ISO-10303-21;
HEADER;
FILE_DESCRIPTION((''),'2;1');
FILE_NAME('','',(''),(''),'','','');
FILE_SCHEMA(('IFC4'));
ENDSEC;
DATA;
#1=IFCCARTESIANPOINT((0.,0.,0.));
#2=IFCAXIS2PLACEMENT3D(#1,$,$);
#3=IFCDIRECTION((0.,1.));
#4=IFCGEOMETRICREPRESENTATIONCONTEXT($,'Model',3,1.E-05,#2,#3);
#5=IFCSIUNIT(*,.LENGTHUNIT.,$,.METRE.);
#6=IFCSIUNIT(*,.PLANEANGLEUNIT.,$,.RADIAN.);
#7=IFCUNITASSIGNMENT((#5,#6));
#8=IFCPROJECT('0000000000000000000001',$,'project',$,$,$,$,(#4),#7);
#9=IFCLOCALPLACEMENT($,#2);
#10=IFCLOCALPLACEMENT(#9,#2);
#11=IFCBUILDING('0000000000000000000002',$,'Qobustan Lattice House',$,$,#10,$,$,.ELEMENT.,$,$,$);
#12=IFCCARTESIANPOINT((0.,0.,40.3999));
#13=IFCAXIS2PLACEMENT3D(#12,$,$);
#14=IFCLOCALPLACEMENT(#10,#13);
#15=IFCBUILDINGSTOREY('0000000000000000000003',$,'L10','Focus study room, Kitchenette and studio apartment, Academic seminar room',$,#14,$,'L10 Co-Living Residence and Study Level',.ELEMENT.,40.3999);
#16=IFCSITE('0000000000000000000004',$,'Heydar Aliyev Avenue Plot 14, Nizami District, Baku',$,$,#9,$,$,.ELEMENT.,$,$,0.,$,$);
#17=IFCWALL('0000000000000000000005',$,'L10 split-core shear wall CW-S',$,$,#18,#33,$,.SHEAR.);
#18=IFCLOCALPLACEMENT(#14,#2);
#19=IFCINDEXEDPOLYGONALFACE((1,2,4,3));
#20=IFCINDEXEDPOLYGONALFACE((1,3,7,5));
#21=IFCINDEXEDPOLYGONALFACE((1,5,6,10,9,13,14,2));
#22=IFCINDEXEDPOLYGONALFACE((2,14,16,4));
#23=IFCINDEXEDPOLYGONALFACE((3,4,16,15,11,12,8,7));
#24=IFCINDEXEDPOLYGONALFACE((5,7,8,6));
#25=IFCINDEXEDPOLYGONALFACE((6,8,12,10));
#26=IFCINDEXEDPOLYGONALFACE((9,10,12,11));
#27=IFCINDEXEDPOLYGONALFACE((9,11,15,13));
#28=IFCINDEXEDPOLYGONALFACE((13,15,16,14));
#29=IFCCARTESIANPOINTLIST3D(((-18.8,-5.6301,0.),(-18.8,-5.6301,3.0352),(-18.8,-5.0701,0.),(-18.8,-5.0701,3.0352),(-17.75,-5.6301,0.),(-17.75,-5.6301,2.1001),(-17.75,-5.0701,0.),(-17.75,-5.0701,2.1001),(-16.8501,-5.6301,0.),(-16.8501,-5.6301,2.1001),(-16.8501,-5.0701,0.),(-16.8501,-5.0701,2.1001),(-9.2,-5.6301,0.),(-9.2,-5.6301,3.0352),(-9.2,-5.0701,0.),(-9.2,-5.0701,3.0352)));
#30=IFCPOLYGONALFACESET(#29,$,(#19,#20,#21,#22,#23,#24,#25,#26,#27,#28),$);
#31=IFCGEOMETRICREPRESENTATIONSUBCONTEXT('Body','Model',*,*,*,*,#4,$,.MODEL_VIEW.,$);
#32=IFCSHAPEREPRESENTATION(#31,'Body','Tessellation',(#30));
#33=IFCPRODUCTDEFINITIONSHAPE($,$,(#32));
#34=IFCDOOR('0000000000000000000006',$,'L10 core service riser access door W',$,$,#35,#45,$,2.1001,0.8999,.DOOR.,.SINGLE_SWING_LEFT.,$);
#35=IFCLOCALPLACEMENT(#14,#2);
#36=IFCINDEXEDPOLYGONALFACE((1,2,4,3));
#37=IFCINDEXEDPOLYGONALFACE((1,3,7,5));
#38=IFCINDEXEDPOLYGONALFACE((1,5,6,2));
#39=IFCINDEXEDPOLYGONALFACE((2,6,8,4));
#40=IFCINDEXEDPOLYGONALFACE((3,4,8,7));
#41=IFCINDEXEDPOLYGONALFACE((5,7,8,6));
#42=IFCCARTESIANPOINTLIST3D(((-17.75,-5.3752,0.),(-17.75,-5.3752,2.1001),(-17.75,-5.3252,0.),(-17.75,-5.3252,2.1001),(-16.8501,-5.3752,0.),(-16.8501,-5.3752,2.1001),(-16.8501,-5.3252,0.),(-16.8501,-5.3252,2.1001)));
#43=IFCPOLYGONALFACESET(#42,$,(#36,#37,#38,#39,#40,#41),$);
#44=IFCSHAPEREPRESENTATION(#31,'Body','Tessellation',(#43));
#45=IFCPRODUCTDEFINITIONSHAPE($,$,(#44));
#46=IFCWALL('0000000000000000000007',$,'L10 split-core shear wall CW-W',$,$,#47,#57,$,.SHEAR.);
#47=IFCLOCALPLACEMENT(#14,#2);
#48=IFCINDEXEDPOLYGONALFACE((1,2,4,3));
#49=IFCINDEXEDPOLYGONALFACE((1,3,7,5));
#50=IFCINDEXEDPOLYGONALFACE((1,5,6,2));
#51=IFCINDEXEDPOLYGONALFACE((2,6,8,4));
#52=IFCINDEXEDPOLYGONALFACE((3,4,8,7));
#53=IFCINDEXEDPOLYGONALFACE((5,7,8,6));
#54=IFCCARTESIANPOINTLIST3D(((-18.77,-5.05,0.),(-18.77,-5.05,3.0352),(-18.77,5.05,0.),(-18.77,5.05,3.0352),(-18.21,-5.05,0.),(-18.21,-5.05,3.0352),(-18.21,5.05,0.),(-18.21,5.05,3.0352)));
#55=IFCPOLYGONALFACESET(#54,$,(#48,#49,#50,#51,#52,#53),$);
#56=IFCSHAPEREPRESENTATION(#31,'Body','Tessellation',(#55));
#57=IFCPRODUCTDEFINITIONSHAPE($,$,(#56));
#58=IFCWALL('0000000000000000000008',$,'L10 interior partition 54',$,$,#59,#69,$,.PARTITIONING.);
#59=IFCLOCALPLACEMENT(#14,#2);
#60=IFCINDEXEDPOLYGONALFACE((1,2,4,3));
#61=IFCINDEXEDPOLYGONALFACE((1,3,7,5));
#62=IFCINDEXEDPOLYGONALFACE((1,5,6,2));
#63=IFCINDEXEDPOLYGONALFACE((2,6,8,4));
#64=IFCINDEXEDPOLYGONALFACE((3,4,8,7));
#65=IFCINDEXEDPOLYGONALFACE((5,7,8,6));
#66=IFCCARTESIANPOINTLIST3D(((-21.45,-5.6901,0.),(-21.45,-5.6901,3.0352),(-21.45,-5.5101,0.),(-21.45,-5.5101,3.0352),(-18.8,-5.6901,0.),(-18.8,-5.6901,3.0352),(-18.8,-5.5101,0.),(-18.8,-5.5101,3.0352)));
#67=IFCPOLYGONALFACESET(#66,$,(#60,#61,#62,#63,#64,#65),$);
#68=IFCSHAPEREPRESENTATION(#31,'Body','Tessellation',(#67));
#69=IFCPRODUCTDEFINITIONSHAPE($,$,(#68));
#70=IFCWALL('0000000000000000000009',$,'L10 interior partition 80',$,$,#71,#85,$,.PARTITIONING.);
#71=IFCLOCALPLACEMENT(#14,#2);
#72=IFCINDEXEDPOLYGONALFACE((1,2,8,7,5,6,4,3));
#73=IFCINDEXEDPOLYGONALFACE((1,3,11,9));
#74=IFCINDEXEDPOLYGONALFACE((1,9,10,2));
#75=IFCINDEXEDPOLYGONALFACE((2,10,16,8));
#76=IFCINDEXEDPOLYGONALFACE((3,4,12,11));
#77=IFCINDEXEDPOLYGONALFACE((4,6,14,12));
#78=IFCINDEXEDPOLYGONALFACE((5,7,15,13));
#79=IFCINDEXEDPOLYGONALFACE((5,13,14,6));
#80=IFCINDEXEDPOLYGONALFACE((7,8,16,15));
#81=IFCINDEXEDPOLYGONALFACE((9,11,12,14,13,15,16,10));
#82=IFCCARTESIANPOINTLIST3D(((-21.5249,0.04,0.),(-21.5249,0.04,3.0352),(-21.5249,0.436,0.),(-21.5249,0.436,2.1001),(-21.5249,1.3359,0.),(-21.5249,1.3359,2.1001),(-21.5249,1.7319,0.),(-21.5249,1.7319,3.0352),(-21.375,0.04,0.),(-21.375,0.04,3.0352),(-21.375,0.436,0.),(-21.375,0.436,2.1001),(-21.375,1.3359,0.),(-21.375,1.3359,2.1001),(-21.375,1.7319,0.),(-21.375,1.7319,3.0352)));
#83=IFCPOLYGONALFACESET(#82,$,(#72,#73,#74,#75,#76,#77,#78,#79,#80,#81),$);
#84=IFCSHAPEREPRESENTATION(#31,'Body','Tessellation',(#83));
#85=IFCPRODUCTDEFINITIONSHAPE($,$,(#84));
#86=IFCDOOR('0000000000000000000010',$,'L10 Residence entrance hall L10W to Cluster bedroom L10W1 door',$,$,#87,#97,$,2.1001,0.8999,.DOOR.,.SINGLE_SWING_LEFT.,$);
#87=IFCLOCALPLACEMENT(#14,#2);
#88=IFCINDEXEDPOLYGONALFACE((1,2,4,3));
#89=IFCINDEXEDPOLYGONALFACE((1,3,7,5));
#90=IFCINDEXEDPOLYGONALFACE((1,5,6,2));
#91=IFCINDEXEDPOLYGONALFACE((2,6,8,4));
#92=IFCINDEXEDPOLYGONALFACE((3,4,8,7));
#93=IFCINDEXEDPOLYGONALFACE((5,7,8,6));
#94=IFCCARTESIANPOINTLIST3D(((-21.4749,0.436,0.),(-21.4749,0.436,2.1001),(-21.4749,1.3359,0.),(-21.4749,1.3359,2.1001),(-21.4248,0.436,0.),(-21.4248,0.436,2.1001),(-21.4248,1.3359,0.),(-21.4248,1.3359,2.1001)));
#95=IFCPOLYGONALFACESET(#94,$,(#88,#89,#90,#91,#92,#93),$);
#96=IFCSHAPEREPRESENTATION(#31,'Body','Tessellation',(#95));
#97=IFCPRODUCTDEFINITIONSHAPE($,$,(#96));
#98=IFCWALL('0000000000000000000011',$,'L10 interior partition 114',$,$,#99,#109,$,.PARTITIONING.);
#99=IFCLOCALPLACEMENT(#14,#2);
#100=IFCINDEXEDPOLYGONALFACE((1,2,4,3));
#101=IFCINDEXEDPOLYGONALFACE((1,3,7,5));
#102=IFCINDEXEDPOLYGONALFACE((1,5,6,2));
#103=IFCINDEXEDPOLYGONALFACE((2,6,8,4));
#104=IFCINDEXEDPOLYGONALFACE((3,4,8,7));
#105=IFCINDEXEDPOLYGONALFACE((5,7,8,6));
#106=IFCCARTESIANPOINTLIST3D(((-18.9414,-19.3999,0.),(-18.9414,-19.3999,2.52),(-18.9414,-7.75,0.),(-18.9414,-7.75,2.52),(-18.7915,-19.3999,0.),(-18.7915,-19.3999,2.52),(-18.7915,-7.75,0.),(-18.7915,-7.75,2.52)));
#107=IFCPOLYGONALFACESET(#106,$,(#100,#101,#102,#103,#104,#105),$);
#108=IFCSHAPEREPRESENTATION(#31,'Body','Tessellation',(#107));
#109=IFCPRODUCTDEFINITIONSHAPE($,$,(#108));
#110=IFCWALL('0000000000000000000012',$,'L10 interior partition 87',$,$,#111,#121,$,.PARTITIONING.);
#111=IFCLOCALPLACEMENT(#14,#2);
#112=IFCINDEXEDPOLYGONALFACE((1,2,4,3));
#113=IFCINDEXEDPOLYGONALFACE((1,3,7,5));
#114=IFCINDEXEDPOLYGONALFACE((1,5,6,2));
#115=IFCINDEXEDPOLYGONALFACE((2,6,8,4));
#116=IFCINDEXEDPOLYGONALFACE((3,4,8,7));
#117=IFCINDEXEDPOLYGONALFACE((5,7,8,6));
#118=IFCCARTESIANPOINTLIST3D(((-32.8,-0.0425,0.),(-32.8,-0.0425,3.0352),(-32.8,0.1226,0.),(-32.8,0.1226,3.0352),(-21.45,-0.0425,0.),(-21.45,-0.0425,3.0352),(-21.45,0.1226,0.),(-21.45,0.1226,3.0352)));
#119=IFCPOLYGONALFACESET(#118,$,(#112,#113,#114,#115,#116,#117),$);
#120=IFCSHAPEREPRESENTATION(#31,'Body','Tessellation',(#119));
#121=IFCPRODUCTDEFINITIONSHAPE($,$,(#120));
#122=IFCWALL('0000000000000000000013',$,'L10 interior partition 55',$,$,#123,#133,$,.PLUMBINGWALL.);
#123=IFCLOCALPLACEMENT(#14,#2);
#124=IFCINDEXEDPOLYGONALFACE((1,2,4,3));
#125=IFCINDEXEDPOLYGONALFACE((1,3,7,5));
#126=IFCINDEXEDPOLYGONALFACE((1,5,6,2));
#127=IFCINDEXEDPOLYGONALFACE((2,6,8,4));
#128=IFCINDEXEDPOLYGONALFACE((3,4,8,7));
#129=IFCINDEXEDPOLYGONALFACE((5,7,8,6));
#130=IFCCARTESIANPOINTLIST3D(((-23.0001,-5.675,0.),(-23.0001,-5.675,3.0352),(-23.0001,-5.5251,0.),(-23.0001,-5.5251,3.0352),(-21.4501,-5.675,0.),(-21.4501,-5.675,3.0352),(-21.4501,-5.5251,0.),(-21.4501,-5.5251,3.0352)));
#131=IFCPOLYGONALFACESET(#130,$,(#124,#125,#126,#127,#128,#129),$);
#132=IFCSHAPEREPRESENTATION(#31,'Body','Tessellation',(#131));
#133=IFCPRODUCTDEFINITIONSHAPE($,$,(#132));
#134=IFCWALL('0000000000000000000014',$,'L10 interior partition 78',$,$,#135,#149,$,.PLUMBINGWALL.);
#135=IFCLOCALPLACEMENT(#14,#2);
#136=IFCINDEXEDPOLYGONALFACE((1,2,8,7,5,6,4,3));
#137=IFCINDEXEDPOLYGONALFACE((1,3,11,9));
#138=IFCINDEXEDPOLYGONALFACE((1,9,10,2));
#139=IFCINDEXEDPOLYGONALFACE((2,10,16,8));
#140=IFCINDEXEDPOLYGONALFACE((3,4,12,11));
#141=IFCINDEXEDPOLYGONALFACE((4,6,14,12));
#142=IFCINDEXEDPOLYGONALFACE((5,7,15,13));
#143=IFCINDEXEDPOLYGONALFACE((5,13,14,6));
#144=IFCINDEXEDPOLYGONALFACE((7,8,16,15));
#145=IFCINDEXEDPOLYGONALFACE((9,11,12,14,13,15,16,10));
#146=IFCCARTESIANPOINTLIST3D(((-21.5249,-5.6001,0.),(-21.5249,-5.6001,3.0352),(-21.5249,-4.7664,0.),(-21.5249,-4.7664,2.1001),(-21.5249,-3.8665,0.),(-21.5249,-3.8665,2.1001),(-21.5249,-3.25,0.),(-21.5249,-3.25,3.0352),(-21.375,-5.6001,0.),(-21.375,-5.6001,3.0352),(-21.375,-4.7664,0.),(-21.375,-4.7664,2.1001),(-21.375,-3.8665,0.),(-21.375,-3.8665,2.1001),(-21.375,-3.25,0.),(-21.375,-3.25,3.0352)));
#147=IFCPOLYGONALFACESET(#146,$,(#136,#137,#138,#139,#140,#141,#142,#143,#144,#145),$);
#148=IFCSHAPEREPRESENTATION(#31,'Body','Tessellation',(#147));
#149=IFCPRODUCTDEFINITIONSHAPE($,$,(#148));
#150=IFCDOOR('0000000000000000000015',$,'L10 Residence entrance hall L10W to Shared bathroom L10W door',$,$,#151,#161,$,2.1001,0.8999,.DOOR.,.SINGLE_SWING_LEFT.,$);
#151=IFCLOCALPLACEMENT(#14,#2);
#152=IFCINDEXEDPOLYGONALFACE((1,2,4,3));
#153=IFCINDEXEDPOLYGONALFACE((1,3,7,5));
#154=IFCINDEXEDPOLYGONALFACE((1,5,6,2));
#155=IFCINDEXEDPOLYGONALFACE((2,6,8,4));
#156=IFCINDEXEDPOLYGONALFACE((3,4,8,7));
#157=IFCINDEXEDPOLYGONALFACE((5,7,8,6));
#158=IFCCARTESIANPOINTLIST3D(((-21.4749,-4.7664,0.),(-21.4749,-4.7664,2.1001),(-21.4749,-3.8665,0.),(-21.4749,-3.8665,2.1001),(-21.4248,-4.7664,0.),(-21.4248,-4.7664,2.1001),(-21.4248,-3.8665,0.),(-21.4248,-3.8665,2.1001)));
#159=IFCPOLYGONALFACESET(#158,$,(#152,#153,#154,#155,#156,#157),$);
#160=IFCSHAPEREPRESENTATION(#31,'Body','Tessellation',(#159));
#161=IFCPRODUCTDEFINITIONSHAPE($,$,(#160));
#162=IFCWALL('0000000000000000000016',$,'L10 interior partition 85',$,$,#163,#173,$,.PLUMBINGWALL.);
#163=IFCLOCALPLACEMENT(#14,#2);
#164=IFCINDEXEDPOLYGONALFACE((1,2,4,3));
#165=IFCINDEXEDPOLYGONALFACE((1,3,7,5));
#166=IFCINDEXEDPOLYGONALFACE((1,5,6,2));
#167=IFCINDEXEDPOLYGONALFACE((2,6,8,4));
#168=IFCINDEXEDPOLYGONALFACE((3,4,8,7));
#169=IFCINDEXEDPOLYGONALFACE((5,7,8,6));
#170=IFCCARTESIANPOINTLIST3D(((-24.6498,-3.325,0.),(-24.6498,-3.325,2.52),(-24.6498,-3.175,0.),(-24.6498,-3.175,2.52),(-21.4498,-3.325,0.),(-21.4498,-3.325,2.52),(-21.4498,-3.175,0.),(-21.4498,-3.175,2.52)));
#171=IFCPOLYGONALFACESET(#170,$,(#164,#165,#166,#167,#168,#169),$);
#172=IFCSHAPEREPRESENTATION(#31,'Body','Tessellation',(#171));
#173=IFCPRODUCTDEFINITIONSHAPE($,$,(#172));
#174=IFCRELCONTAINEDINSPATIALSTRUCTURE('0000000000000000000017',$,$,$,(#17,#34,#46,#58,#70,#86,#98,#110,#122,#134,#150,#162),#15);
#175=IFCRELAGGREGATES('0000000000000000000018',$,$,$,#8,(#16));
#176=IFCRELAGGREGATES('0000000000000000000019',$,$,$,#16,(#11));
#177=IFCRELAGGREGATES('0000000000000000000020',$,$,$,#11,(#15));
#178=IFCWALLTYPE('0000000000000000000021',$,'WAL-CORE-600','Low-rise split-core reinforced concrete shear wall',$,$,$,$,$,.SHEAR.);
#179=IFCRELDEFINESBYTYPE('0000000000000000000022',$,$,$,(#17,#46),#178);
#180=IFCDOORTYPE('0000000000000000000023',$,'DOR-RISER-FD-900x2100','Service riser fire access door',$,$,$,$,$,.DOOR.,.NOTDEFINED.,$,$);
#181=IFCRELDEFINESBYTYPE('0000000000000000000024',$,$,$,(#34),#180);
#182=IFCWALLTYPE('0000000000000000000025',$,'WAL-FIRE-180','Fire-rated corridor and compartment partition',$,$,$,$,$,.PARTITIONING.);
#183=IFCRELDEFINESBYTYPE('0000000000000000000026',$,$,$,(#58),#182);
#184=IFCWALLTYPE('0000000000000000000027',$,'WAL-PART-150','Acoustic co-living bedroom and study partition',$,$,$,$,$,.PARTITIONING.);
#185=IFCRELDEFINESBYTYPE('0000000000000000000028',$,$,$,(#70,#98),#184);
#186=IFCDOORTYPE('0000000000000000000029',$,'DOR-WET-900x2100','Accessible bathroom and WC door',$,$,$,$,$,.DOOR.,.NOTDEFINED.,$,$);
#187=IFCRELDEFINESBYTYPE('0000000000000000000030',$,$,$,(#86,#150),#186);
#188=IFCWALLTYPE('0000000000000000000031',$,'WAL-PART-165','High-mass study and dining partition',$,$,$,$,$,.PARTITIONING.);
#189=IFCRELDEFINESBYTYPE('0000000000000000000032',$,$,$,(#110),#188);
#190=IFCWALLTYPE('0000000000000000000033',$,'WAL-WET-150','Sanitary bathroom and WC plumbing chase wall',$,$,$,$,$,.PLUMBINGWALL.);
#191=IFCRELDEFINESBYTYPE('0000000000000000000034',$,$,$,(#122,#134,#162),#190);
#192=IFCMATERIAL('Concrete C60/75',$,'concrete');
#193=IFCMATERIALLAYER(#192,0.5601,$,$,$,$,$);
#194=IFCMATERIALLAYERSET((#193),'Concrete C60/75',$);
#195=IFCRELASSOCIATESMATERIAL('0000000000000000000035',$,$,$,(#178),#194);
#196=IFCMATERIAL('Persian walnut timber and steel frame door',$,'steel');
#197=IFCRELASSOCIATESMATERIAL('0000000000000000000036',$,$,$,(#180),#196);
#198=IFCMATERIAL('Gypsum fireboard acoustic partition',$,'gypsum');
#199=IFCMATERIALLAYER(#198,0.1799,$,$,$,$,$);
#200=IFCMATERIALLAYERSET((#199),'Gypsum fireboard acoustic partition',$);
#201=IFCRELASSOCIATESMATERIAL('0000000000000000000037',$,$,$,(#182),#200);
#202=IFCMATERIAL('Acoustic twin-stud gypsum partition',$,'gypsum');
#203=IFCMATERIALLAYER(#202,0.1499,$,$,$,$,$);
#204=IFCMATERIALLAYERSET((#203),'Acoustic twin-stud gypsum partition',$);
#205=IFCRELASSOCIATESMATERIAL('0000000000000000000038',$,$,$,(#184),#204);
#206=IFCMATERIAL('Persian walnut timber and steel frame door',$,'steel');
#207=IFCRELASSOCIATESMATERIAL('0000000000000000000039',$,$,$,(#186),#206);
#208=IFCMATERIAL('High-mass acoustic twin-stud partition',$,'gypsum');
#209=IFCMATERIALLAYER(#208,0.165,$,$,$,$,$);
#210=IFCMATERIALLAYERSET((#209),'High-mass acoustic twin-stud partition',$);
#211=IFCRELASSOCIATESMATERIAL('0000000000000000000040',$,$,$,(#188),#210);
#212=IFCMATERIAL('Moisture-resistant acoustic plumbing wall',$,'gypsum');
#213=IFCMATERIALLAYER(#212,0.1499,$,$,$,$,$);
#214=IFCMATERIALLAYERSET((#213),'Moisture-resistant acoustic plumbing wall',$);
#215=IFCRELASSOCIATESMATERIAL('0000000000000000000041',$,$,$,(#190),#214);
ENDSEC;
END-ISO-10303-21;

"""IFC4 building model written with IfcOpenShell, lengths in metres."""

from ifc_helpers import new_model, si_unit, direction, frame, frame_2d, origin, place, context, subcontext, project, spatial, rectangle, extrude, material, layer, layer_set, type_object, element, fill, save


model = new_model("IFC4")

# Units and contexts
model_context = context("Model", 3, precision=1e-05, world=origin(), true_north=direction((0.0, 1.0)))
body_context = subcontext(model_context, "Body", "Model", "MODEL_VIEW")
ifc_project = project(units=[si_unit("LENGTHUNIT", "METRE"), si_unit("PLANEANGLEUNIT", "RADIAN")], contexts=[model_context])

# Site, building, storey
site_placement = place(None, origin())
site = spatial("IfcSite", under=ifc_project, at=site_placement, Name="Heydar Aliyev Avenue Plot 14, Nizami District, Baku", CompositionType="ELEMENT", RefElevation=0.0)
building_placement = place(site_placement, origin())
building = spatial("IfcBuilding", under=site, at=building_placement, Name="Qobustan Lattice House", CompositionType="ELEMENT")
storey_placement = place(building_placement, frame((0.0, 0.0, 40.3999)))
storey = spatial("IfcBuildingStorey", under=building, at=storey_placement, Name="L10", Description="Focus study room, Kitchenette and studio apartment, Academic seminar room", LongName="L10 Co-Living Residence and Study Level", CompositionType="ELEMENT", Elevation=40.3999)

# Wall, opening, door
ifc_material_1 = material(Name="Concrete C60/75", Category="concrete")
ifc_layer_1 = layer(ifc_material_1, 0.5601)
ifc_layer_set_1 = layer_set([ifc_layer_1], Name="Concrete C60/75")
wall_type_1 = type_object("IfcWallType", Name="WAL-CORE-600", Description="Low-rise split-core reinforced concrete shear wall", PredefinedType="SHEAR", material=ifc_layer_set_1)
wall_1_placement = place(storey_placement, frame((-18.8, -5.3501, 0.0), z_axis=(0.0, 0.0, 1.0), x_axis=(1.0, 0.0, 0.0)))
wall_1 = element("IfcWall", 1, at=wall_1_placement, inside=storey, type_object=wall_type_1, Name="L10 split-core shear wall CW-S", PredefinedType="SHEAR", context=body_context, shape_type="SweptSolid", body=[
    extrude(rectangle(XDim=9.6001, YDim=0.5601, at=frame_2d((4.8, 0.0))), origin(), (0.0, 0.0, 1.0), 3.0352),
])
opening_1_placement = place(wall_1_placement, frame((1.05, 0.0, 0.0)))
opening_1 = element("IfcOpeningElement", 2, at=opening_1_placement, cuts=wall_1, PredefinedType="OPENING", context=body_context, shape_type="SweptSolid", body=[
    extrude(rectangle(XDim=0.8999, YDim=2.1001, at=frame_2d((0.45, 1.05))), frame((0.0, 0.29, 0.0), z_axis=(0.0, -1.0, 0.0), x_axis=(1.0, 0.0, 0.0)), (0.0, 0.0, 1.0), 0.5801),
])
ifc_material_2 = material(Name="Persian walnut timber and steel frame door", Category="steel")
door_type_1 = type_object("IfcDoorType", Name="DOR-RISER-FD-900x2100", Description="Service riser fire access door", OperationType="NOTDEFINED", PredefinedType="DOOR", material=ifc_material_2)
door_1_placement = place(opening_1_placement, origin())
door_1 = element("IfcDoor", 3, at=door_1_placement, inside=storey, type_object=door_type_1, Name="L10 core service riser access door W", OperationType="SINGLE_SWING_LEFT", OverallHeight=2.1001, OverallWidth=0.8999, PredefinedType="DOOR", context=body_context, shape_type="SweptSolid", body=[
    extrude(rectangle(XDim=0.8999, YDim=2.1001, at=frame_2d((0.45, 1.05))), frame((0.0, 0.0249, 0.0), z_axis=(0.0, -1.0, 0.0), x_axis=(1.0, 0.0, 0.0)), (0.0, 0.0, 1.0), 0.05),
])
fill(opening_1, door_1)

# Walls
wall_2_placement = place(storey_placement, frame((-18.49, -5.05, 0.0), z_axis=(0.0, 0.0, 1.0), x_axis=(0.0, 1.0, 0.0)))
element("IfcWall", 4, at=wall_2_placement, inside=storey, type_object=wall_type_1, Name="L10 split-core shear wall CW-W", PredefinedType="SHEAR", context=body_context, shape_type="SweptSolid", body=[
    extrude(rectangle(XDim=10.1001, YDim=0.5601, at=frame_2d((5.05, 0.0))), origin(), (0.0, 0.0, 1.0), 3.0352),
])
ifc_material_3 = material(Name="Gypsum fireboard acoustic partition", Category="gypsum")
ifc_layer_2 = layer(ifc_material_3, 0.1799)
ifc_layer_set_2 = layer_set([ifc_layer_2], Name="Gypsum fireboard acoustic partition")
wall_type_2 = type_object("IfcWallType", Name="WAL-FIRE-180", Description="Fire-rated corridor and compartment partition", PredefinedType="PARTITIONING", material=ifc_layer_set_2)
wall_3_placement = place(storey_placement, frame((-21.45, -5.6001, 0.0), z_axis=(0.0, 0.0, 1.0), x_axis=(1.0, 0.0, 0.0)))
element("IfcWall", 5, at=wall_3_placement, inside=storey, type_object=wall_type_2, Name="L10 interior partition 54", PredefinedType="PARTITIONING", context=body_context, shape_type="SweptSolid", body=[
    extrude(rectangle(XDim=2.6499, YDim=0.1799, at=frame_2d((1.325, 0.0))), origin(), (0.0, 0.0, 1.0), 3.0352),
])

# Wall, opening, door
ifc_material_4 = material(Name="Acoustic twin-stud gypsum partition", Category="gypsum")
ifc_layer_3 = layer(ifc_material_4, 0.1499)
ifc_layer_set_3 = layer_set([ifc_layer_3], Name="Acoustic twin-stud gypsum partition")
wall_type_3 = type_object("IfcWallType", Name="WAL-PART-150", Description="Acoustic co-living bedroom and study partition", PredefinedType="PARTITIONING", material=ifc_layer_set_3)
wall_4_placement = place(storey_placement, frame((-21.45, 0.04, 0.0), z_axis=(0.0, 0.0, 1.0), x_axis=(0.0, 1.0, 0.0)))
wall_4 = element("IfcWall", 6, at=wall_4_placement, inside=storey, type_object=wall_type_3, Name="L10 interior partition 80", PredefinedType="PARTITIONING", context=body_context, shape_type="SweptSolid", body=[
    extrude(rectangle(XDim=1.6919, YDim=0.1499, at=frame_2d((0.8459, 0.0))), origin(), (0.0, 0.0, 1.0), 3.0352),
])
opening_2_placement = place(wall_4_placement, frame((0.396, 0.0, 0.0)))
opening_2 = element("IfcOpeningElement", 7, at=opening_2_placement, cuts=wall_4, PredefinedType="OPENING", context=body_context, shape_type="SweptSolid", body=[
    extrude(rectangle(XDim=0.8999, YDim=2.1001, at=frame_2d((0.45, 1.05))), frame((0.0, 0.085, 0.0), z_axis=(0.0, -1.0, 0.0), x_axis=(1.0, 0.0, 0.0)), (0.0, 0.0, 1.0), 0.1699),
])
ifc_material_5 = material(Name="Persian walnut timber and steel frame door", Category="steel")
door_type_2 = type_object("IfcDoorType", Name="DOR-WET-900x2100", Description="Accessible bathroom and WC door", OperationType="NOTDEFINED", PredefinedType="DOOR", material=ifc_material_5)
door_2_placement = place(opening_2_placement, origin())
door_2 = element("IfcDoor", 8, at=door_2_placement, inside=storey, type_object=door_type_2, Name="L10 Residence entrance hall L10W to Cluster bedroom L10W1 door", OperationType="SINGLE_SWING_LEFT", OverallHeight=2.1001, OverallWidth=0.8999, PredefinedType="DOOR", context=body_context, shape_type="SweptSolid", body=[
    extrude(rectangle(XDim=0.8999, YDim=2.1001, at=frame_2d((0.45, 1.05))), frame((0.0, 0.0249, 0.0), z_axis=(0.0, -1.0, 0.0), x_axis=(1.0, 0.0, 0.0)), (0.0, 0.0, 1.0), 0.05),
])
fill(opening_2, door_2)

# Wall
wall_5_placement = place(storey_placement, frame((-18.8665, -7.75, 0.0), z_axis=(0.0, 0.0, 1.0), x_axis=(0.0, -1.0, 0.0)))
element("IfcWall", 9, at=wall_5_placement, inside=storey, type_object=wall_type_3, Name="L10 interior partition 114", PredefinedType="PARTITIONING", context=body_context, shape_type="SweptSolid", body=[
    extrude(rectangle(XDim=11.6499, YDim=0.1499, at=frame_2d((5.825, 0.0))), origin(), (0.0, 0.0, 1.0), 2.52),
])

# Shared definitions
ifc_material_6 = material(Name="High-mass acoustic twin-stud partition", Category="gypsum")
ifc_layer_4 = layer(ifc_material_6, 0.165)
ifc_layer_set_4 = layer_set([ifc_layer_4], Name="High-mass acoustic twin-stud partition")
wall_type_4 = type_object("IfcWallType", Name="WAL-PART-165", Description="High-mass study and dining partition", PredefinedType="PARTITIONING", material=ifc_layer_set_4)

# Walls
wall_6_placement = place(storey_placement, frame((-32.8, 0.04, 0.0), z_axis=(0.0, 0.0, 1.0), x_axis=(1.0, 0.0, 0.0)))
element("IfcWall", 10, at=wall_6_placement, inside=storey, type_object=wall_type_4, Name="L10 interior partition 87", PredefinedType="PARTITIONING", context=body_context, shape_type="SweptSolid", body=[
    extrude(rectangle(XDim=11.3501, YDim=0.165, at=frame_2d((5.675, 0.0))), origin(), (0.0, 0.0, 1.0), 3.0352),
])
ifc_material_7 = material(Name="Moisture-resistant acoustic plumbing wall", Category="gypsum")
ifc_layer_5 = layer(ifc_material_7, 0.1499)
ifc_layer_set_5 = layer_set([ifc_layer_5], Name="Moisture-resistant acoustic plumbing wall")
wall_type_5 = type_object("IfcWallType", Name="WAL-WET-150", Description="Sanitary bathroom and WC plumbing chase wall", PredefinedType="PLUMBINGWALL", material=ifc_layer_set_5)
wall_7_placement = place(storey_placement, frame((-23.0, -5.6001, 0.0), z_axis=(0.0, 0.0, 1.0), x_axis=(1.0, 0.0, 0.0)))
element("IfcWall", 11, at=wall_7_placement, inside=storey, type_object=wall_type_5, Name="L10 interior partition 55", PredefinedType="PLUMBINGWALL", context=body_context, shape_type="SweptSolid", body=[
    extrude(rectangle(XDim=1.55, YDim=0.1499, at=frame_2d((0.7749, 0.0))), origin(), (0.0, 0.0, 1.0), 3.0352),
])

# Wall, opening, door
wall_8_placement = place(storey_placement, frame((-21.45, -5.6001, 0.0), z_axis=(0.0, 0.0, 1.0), x_axis=(0.0, 1.0, 0.0)))
wall_8 = element("IfcWall", 12, at=wall_8_placement, inside=storey, type_object=wall_type_5, Name="L10 interior partition 78", PredefinedType="PLUMBINGWALL", context=body_context, shape_type="SweptSolid", body=[
    extrude(rectangle(XDim=2.3501, YDim=0.1499, at=frame_2d((1.175, 0.0))), origin(), (0.0, 0.0, 1.0), 3.0352),
])
opening_3_placement = place(wall_8_placement, frame((0.8337, 0.0, 0.0)))
opening_3 = element("IfcOpeningElement", 13, at=opening_3_placement, cuts=wall_8, PredefinedType="OPENING", context=body_context, shape_type="SweptSolid", body=[
    extrude(rectangle(XDim=0.8999, YDim=2.1001, at=frame_2d((0.45, 1.05))), frame((0.0, 0.085, 0.0), z_axis=(0.0, -1.0, 0.0), x_axis=(1.0, 0.0, 0.0)), (0.0, 0.0, 1.0), 0.1699),
])
door_3_placement = place(opening_3_placement, origin())
door_3 = element("IfcDoor", 14, at=door_3_placement, inside=storey, type_object=door_type_2, Name="L10 Residence entrance hall L10W to Shared bathroom L10W door", OperationType="SINGLE_SWING_LEFT", OverallHeight=2.1001, OverallWidth=0.8999, PredefinedType="DOOR", context=body_context, shape_type="SweptSolid", body=[
    extrude(rectangle(XDim=0.8999, YDim=2.1001, at=frame_2d((0.45, 1.05))), frame((0.0, 0.0249, 0.0), z_axis=(0.0, -1.0, 0.0), x_axis=(1.0, 0.0, 0.0)), (0.0, 0.0, 1.0), 0.05),
])
fill(opening_3, door_3)

# Wall
wall_9_placement = place(storey_placement, frame((-24.6499, -3.25, 0.0), z_axis=(0.0, 0.0, 1.0), x_axis=(1.0, 0.0, 0.0)))
element("IfcWall", 15, at=wall_9_placement, inside=storey, type_object=wall_type_5, Name="L10 interior partition 85", PredefinedType="PLUMBINGWALL", context=body_context, shape_type="SweptSolid", body=[
    extrude(rectangle(XDim=3.2, YDim=0.1499, at=frame_2d((1.6001, 0.0))), origin(), (0.0, 0.0, 1.0), 2.52),
])

save(model, "model.ifc")
